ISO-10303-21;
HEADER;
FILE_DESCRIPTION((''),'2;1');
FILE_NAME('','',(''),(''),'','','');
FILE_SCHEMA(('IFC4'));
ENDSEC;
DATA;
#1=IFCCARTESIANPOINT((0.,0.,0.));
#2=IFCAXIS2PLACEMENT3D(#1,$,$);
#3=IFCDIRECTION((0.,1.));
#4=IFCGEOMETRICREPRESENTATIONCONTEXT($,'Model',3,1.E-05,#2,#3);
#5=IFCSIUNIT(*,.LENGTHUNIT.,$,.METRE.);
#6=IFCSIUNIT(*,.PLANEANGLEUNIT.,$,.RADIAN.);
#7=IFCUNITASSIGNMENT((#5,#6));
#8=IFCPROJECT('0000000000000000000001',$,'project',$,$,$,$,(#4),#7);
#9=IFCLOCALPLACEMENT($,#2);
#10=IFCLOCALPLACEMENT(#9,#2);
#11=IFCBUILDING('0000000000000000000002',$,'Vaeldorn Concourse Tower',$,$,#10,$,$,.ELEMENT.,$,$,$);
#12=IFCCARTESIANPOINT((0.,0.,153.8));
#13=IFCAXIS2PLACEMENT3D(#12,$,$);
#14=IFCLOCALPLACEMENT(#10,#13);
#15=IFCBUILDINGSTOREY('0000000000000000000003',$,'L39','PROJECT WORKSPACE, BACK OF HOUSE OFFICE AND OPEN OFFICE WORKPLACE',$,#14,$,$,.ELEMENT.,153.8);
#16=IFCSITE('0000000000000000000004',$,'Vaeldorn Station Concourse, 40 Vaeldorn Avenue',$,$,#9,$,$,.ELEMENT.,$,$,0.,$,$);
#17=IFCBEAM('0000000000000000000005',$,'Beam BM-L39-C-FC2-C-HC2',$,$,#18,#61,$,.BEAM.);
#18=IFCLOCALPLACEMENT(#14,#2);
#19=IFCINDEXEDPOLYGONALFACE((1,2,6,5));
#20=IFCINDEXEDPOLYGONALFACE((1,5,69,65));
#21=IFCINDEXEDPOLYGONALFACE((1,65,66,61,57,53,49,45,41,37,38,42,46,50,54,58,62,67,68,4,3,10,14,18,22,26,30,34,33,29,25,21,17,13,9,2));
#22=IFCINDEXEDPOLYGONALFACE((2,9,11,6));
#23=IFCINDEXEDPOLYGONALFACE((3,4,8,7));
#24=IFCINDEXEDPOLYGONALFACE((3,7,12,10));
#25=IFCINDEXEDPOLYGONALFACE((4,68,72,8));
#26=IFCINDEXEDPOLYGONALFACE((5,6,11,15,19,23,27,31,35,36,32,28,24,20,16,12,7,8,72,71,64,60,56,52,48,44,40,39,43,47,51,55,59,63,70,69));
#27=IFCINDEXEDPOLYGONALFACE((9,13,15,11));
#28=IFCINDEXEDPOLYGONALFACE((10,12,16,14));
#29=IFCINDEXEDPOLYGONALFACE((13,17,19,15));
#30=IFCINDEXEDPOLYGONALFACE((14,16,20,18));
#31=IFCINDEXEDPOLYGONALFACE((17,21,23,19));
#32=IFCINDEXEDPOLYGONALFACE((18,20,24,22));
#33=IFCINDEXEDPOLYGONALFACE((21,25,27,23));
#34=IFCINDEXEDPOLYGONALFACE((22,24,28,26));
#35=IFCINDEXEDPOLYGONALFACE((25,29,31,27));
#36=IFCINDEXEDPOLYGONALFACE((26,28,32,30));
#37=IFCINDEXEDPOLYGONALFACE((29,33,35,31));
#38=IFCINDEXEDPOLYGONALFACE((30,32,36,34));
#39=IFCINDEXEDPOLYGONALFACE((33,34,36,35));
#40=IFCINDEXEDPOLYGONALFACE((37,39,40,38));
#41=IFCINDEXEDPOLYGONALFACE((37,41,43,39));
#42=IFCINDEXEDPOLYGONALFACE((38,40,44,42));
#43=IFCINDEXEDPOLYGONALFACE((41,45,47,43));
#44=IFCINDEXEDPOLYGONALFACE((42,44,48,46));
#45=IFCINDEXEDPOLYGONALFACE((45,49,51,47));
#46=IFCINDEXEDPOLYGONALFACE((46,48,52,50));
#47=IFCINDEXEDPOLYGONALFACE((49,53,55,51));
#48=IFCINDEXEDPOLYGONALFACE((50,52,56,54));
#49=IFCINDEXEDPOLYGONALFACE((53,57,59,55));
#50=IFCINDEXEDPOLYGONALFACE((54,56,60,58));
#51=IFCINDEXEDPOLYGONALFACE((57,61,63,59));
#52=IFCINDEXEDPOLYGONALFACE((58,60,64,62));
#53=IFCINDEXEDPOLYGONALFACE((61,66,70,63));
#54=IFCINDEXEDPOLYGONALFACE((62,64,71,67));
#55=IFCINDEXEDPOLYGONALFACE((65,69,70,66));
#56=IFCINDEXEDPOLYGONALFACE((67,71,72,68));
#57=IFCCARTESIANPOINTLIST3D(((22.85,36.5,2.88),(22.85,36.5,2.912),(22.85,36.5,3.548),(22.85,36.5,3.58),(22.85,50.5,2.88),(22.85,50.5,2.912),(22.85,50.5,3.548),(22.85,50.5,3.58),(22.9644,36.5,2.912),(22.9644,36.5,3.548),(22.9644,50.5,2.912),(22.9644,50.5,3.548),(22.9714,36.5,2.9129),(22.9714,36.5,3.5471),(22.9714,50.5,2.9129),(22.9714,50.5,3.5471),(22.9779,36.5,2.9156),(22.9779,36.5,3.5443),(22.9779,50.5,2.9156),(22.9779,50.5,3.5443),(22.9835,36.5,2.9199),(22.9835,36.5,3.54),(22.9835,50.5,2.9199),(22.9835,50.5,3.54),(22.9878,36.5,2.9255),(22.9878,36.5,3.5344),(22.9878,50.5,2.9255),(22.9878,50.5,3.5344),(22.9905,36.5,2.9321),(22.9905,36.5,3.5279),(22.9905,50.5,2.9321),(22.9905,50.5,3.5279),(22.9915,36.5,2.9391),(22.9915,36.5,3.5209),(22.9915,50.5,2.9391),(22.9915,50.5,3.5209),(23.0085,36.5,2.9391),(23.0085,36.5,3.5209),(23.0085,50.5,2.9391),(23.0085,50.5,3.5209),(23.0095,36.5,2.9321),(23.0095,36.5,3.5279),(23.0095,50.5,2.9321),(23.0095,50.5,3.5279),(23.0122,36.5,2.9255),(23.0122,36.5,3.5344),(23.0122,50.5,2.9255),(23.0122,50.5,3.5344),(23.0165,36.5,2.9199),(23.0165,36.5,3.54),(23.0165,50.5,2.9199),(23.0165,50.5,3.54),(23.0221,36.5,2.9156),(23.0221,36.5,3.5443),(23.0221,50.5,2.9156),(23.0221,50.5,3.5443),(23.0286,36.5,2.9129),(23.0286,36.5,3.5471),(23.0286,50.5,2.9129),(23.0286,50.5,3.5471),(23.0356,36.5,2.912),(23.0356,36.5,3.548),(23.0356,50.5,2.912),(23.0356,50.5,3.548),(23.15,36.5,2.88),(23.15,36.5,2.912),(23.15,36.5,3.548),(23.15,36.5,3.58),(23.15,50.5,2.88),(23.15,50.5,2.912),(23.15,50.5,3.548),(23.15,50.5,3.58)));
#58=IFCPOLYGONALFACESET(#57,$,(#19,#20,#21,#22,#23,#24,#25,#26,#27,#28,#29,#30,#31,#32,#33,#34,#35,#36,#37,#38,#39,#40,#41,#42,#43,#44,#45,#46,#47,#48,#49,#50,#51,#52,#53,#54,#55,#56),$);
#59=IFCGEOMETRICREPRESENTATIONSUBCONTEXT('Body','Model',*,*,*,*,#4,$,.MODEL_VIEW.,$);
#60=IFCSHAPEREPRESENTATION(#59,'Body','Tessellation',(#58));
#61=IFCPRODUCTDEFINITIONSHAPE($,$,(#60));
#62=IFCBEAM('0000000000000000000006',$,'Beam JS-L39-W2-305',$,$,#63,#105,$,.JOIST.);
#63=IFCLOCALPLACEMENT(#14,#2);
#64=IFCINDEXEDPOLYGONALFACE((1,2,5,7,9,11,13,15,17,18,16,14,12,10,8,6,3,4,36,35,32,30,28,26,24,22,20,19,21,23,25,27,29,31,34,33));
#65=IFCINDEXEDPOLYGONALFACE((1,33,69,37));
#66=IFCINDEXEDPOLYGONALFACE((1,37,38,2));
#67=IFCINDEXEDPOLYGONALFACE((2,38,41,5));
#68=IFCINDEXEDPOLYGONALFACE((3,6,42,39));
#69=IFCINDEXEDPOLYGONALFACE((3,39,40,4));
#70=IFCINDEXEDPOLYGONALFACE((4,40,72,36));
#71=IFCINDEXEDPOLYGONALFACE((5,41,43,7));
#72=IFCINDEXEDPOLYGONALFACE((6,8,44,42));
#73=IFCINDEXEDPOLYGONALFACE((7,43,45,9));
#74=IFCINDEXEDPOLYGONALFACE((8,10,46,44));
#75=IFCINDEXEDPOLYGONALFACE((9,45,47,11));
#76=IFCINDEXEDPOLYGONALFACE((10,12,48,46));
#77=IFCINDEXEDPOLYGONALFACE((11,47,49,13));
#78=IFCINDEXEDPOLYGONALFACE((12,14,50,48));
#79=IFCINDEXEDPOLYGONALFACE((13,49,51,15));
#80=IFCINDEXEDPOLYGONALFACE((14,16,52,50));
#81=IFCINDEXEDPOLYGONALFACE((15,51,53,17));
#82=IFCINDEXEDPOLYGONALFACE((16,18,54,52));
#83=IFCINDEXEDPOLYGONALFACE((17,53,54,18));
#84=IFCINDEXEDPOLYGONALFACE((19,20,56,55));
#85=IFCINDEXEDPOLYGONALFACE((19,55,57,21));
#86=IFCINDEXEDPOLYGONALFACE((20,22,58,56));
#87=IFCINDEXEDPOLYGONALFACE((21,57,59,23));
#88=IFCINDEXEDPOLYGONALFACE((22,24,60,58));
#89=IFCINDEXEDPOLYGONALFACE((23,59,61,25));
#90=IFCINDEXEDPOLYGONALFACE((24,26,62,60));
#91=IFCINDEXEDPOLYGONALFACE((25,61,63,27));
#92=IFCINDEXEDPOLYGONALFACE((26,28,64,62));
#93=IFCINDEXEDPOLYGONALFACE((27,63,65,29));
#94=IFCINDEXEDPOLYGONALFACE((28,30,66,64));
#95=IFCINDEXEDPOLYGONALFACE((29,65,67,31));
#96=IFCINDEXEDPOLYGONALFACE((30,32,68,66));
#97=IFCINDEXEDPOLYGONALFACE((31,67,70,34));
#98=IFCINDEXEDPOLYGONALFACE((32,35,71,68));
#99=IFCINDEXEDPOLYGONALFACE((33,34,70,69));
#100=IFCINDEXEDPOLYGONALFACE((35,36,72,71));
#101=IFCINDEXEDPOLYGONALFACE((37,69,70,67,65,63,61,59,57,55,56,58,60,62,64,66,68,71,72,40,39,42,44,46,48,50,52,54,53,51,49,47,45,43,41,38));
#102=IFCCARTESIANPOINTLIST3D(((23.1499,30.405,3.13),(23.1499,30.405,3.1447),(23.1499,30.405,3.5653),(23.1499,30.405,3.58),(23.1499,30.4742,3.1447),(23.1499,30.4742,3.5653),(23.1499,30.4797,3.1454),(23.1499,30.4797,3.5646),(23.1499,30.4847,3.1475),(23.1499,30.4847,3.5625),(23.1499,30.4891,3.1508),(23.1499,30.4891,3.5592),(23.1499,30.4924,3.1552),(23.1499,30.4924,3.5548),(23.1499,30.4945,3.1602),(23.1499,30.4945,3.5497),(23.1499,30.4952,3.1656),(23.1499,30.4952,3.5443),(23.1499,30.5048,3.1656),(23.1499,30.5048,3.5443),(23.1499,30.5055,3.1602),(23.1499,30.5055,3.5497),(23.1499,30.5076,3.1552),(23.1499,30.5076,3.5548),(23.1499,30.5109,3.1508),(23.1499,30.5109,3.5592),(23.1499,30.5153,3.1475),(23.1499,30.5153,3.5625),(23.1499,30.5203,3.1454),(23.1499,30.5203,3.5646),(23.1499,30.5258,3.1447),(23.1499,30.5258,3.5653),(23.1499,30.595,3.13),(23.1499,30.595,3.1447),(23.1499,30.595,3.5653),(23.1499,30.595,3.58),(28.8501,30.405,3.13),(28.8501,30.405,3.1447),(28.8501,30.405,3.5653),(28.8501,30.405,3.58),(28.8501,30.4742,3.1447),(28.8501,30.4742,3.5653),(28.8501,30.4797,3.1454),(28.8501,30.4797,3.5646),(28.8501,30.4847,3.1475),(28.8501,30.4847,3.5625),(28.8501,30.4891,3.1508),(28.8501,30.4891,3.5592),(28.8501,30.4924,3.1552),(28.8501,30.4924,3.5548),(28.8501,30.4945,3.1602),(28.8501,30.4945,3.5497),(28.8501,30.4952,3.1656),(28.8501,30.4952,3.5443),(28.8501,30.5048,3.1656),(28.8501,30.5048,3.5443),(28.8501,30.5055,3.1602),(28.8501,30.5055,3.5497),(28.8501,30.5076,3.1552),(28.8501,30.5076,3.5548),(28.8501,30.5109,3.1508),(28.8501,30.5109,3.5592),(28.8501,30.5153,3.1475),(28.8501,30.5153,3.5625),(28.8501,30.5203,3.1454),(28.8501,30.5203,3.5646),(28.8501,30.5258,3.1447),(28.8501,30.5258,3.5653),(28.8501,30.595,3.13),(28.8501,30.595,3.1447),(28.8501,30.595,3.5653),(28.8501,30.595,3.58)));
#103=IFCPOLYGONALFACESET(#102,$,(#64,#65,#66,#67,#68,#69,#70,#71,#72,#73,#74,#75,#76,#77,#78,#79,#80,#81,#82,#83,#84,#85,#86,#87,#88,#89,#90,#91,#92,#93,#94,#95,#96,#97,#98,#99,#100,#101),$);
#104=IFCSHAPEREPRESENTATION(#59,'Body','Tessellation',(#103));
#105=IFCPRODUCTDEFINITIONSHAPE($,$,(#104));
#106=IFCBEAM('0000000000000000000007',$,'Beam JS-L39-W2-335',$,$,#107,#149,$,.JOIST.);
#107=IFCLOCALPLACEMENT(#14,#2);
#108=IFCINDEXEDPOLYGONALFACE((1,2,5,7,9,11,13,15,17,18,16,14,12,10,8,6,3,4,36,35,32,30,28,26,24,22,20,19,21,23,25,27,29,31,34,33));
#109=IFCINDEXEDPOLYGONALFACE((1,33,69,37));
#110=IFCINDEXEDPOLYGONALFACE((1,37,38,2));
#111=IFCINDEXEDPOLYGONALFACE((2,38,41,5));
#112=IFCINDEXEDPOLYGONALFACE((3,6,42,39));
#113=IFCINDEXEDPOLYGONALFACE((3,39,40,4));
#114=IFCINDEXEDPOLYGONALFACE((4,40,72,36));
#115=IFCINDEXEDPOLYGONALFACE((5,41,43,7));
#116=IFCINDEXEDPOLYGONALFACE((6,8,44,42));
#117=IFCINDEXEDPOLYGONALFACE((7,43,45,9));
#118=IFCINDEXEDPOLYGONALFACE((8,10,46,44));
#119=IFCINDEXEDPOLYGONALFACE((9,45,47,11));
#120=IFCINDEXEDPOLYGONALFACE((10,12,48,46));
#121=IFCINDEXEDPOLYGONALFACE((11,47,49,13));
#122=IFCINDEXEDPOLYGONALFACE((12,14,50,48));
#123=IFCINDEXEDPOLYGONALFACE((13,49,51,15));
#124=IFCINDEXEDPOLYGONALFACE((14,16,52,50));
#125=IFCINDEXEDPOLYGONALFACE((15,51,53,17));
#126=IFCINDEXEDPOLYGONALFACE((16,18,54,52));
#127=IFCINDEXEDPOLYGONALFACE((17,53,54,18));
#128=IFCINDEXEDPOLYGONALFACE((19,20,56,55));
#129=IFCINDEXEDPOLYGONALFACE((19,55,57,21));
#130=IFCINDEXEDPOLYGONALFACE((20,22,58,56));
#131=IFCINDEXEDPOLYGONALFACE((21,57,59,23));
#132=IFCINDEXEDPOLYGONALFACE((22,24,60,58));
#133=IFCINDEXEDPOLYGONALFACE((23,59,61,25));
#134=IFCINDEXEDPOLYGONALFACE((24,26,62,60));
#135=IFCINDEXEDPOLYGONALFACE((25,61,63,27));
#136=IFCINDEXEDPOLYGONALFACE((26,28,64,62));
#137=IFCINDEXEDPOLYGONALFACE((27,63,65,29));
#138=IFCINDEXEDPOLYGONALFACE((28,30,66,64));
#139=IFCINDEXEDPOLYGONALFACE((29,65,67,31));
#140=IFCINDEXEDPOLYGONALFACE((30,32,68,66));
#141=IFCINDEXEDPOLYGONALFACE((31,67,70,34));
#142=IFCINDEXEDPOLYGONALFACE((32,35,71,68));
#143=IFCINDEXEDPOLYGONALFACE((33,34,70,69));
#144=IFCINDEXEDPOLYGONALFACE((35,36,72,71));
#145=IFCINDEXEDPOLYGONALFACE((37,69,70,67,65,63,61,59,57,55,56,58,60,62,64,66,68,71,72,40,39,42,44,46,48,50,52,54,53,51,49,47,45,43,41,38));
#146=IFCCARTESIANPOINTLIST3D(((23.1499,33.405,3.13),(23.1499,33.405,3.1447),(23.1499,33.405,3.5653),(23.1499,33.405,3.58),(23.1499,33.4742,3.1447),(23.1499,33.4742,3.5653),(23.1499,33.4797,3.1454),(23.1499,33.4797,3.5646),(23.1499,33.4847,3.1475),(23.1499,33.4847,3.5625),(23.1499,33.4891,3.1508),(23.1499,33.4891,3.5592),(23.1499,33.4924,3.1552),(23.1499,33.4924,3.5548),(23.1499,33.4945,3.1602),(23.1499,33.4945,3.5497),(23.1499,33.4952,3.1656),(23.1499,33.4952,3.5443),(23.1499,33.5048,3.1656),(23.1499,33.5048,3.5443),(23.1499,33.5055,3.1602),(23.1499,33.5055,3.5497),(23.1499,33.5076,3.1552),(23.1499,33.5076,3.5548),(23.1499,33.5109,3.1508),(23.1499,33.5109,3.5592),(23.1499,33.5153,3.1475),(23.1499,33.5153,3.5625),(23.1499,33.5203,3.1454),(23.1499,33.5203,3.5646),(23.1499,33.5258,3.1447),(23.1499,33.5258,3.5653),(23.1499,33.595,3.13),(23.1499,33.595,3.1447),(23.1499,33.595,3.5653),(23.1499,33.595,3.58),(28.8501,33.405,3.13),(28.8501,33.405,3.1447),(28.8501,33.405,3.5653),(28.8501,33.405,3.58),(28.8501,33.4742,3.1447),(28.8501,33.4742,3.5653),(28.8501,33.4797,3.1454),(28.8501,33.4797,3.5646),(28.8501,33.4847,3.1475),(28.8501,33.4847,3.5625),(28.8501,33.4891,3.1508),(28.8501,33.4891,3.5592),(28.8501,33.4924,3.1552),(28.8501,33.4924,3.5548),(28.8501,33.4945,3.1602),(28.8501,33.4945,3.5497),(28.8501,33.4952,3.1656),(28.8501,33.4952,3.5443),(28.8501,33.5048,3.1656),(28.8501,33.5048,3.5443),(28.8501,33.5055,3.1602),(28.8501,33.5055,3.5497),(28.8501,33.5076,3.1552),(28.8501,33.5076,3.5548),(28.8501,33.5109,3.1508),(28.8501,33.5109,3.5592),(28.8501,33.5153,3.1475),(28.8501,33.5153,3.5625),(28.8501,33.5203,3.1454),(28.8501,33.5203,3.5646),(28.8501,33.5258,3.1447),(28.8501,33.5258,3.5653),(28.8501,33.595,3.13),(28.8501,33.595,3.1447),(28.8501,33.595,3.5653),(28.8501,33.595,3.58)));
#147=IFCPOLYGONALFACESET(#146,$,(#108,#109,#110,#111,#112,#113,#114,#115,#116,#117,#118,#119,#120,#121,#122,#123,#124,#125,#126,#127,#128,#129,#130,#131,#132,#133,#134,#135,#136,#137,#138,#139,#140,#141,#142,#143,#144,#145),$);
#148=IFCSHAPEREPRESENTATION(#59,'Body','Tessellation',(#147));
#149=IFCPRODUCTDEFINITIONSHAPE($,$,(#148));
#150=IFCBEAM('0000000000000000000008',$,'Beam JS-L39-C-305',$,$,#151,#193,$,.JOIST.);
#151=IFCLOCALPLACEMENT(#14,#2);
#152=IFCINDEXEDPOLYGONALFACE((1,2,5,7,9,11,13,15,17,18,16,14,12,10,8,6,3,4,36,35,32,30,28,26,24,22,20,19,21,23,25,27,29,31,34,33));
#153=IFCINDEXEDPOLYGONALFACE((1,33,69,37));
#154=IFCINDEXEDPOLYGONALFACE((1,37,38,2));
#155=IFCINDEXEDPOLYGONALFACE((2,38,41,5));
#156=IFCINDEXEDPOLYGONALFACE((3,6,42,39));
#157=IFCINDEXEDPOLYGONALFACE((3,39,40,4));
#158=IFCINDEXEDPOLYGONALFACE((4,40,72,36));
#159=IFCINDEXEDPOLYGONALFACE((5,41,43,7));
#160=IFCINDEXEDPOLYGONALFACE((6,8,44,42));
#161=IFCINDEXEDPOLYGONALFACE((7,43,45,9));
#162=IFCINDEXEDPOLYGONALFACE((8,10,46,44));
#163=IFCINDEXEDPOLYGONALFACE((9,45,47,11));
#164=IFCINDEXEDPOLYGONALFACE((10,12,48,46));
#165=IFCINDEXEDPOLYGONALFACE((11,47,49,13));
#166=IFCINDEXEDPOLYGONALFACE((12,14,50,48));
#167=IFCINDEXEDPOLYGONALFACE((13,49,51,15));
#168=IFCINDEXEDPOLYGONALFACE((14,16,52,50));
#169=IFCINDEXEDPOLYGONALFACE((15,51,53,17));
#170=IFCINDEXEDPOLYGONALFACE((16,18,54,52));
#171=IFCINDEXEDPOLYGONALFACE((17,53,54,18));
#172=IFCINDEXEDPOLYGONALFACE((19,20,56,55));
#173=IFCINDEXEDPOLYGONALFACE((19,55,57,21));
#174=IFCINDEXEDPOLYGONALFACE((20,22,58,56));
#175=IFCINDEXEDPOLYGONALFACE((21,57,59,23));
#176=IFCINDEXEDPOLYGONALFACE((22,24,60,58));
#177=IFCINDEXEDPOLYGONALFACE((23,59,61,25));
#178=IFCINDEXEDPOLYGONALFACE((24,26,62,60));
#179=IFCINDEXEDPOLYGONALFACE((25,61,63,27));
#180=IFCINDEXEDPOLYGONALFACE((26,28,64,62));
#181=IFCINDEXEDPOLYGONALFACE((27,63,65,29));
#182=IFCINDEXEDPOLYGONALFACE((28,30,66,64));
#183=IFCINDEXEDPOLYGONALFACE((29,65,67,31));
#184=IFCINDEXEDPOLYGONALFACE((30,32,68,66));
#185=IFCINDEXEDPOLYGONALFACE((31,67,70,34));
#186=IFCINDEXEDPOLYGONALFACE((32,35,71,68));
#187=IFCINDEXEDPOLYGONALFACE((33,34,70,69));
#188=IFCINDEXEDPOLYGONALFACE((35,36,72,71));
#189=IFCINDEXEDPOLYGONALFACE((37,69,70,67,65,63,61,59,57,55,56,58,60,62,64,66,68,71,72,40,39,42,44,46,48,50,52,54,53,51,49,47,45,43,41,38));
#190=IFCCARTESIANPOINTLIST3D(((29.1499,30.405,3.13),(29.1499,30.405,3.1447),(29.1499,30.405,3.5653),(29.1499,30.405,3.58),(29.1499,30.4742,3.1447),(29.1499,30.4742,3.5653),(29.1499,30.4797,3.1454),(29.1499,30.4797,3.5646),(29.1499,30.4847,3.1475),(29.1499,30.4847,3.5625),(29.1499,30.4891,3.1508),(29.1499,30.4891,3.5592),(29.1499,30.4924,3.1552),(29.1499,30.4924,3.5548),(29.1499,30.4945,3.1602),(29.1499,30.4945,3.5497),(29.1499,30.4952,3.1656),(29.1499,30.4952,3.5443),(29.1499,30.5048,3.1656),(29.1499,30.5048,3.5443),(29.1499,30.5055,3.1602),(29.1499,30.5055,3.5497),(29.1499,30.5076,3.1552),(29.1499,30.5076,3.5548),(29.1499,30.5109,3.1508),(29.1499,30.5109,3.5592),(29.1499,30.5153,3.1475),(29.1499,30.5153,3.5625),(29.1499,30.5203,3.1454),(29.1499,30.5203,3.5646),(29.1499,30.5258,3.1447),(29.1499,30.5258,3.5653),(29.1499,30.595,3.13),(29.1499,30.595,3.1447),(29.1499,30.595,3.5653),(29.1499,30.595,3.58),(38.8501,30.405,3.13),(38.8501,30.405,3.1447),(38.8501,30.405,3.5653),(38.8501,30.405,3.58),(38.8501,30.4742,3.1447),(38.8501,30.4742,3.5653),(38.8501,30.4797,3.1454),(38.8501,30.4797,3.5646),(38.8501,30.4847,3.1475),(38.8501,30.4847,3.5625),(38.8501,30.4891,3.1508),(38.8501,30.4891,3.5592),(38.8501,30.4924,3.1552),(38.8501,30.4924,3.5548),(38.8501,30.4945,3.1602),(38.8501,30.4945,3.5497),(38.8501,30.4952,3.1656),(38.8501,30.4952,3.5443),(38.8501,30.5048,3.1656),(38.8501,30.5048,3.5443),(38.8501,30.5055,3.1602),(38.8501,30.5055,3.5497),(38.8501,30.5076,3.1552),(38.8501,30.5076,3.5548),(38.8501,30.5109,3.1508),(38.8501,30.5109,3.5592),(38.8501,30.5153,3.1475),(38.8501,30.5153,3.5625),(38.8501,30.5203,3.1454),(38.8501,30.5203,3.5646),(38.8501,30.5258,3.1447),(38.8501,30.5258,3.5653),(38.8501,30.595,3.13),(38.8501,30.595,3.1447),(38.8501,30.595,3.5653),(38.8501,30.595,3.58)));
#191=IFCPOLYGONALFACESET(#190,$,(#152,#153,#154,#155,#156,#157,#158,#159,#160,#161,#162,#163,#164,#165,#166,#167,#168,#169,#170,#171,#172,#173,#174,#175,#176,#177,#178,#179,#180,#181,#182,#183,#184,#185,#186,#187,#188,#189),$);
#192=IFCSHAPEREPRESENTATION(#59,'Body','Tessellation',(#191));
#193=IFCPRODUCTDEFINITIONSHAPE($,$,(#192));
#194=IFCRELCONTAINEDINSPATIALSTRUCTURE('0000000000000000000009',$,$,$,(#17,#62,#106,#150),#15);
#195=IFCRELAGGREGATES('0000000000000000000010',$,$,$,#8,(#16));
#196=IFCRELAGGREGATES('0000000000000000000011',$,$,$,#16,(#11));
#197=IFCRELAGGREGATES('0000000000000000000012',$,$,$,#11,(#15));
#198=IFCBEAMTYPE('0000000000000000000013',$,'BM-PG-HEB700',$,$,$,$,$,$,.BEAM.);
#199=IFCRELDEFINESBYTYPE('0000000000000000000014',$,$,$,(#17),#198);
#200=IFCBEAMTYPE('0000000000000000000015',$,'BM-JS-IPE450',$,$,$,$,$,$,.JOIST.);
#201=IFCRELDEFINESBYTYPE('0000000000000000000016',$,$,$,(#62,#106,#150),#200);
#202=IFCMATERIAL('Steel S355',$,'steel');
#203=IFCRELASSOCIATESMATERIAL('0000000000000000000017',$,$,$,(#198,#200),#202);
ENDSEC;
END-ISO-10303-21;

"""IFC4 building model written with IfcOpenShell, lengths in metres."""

from ifc_helpers import new_model, si_unit, direction, frame, origin, origin_2d, place, context, subcontext, project, spatial, i_section, extrude, source, transform, mapped, material, material_profile, profile_set, type_object, element, save


model = new_model("IFC4")

# Units and contexts
model_context = context("Model", 3, precision=1e-05, world=origin(), true_north=direction((0.0, 1.0)))
body_context = subcontext(model_context, "Body", "Model", "MODEL_VIEW")
ifc_project = project(units=[si_unit("LENGTHUNIT", "METRE"), si_unit("PLANEANGLEUNIT", "RADIAN")], contexts=[model_context])

# Site, building, storey
site_placement = place(None, origin())
site = spatial("IfcSite", under=ifc_project, at=site_placement, Name="Vaeldorn Station Concourse, 40 Vaeldorn Avenue", CompositionType="ELEMENT", RefElevation=0.0)
building_placement = place(site_placement, origin())
building = spatial("IfcBuilding", under=site, at=building_placement, Name="Vaeldorn Concourse Tower", CompositionType="ELEMENT")
storey_placement = place(building_placement, frame((0.0, 0.0, 153.8)))
storey = spatial("IfcBuildingStorey", under=building, at=storey_placement, Name="L39", Description="PROJECT WORKSPACE, BACK OF HOUSE OFFICE AND OPEN OFFICE WORKPLACE", CompositionType="ELEMENT", Elevation=153.8)

# Beams
ifc_material_1 = material(Name="Steel S355", Category="steel")
ifc_material_profile_1 = material_profile(ifc_material_1, i_section(OverallWidth=0.3, OverallDepth=0.7, WebThickness=0.0171, FlangeThickness=0.032, FilletRadius=0.0271, at=origin_2d()), Name="HEB 700")
ifc_profile_set_1 = profile_set([ifc_material_profile_1], Name="Steel S355")
beam_type_1 = type_object("IfcBeamType", Name="BM-PG-HEB700", PredefinedType="BEAM", material=ifc_profile_set_1)
shared_shape_1 = source(origin(), body_context, "Body", "SweptSolid", [
    extrude(i_section(OverallWidth=0.3, OverallDepth=0.7, WebThickness=0.0171, FlangeThickness=0.032, FilletRadius=0.0271, at=origin_2d()), origin(), (0.0, 0.0, 1.0), 14.0),
])
for number, where, z_axis, x_axis, name in (
    (1, (23.0, 36.5, 3.23), (0.0, 1.0, 0.0), (-1.0, 0.0, 0.0), "Beam BM-L39-C-FC2-C-HC2"),
):
    element("IfcBeam", number, at=place(storey_placement, frame(where, z_axis=z_axis, x_axis=x_axis)), inside=storey, type_object=beam_type_1, Name=name, PredefinedType="BEAM", context=body_context, shape_type="MappedRepresentation", body=[
        mapped(shared_shape_1, transform((0.0, 0.0, 0.0), scale=1.0)),
    ])
ifc_material_profile_2 = material_profile(ifc_material_1, i_section(OverallWidth=0.1899, OverallDepth=0.45, WebThickness=0.0095, FlangeThickness=0.0146, FilletRadius=0.021, at=origin_2d()), Name="IPE 450")
ifc_profile_set_2 = profile_set([ifc_material_profile_2], Name="Steel S355")
beam_type_2 = type_object("IfcBeamType", Name="BM-JS-IPE450", PredefinedType="JOIST", material=ifc_profile_set_2)
shared_shape_2 = source(origin(), body_context, "Body", "SweptSolid", [
    extrude(i_section(OverallWidth=0.1899, OverallDepth=0.45, WebThickness=0.0095, FlangeThickness=0.0146, FilletRadius=0.021, at=origin_2d()), origin(), (0.0, 0.0, 1.0), 5.7002),
])
for number, where, z_axis, x_axis, name in (
    (2, (23.1499, 30.5, 3.355), (1.0, 0.0, 0.0), (0.0, 1.0, 0.0), "Beam JS-L39-W2-305"),
    (3, (23.1499, 33.5, 3.355), (1.0, 0.0, 0.0), (0.0, 1.0, 0.0), "Beam JS-L39-W2-335"),
):
    element("IfcBeam", number, at=place(storey_placement, frame(where, z_axis=z_axis, x_axis=x_axis)), inside=storey, type_object=beam_type_2, Name=name, PredefinedType="JOIST", context=body_context, shape_type="MappedRepresentation", body=[
        mapped(shared_shape_2, transform((0.0, 0.0, 0.0), scale=1.0)),
    ])
shared_shape_3 = source(origin(), body_context, "Body", "SweptSolid", [
    extrude(i_section(OverallWidth=0.1899, OverallDepth=0.45, WebThickness=0.0095, FlangeThickness=0.0146, FilletRadius=0.021, at=origin_2d()), origin(), (0.0, 0.0, 1.0), 9.7002),
])
for number, where, z_axis, x_axis, name in (
    (4, (29.1499, 30.5, 3.355), (1.0, 0.0, 0.0), (0.0, 1.0, 0.0), "Beam JS-L39-C-305"),
):
    element("IfcBeam", number, at=place(storey_placement, frame(where, z_axis=z_axis, x_axis=x_axis)), inside=storey, type_object=beam_type_2, Name=name, PredefinedType="JOIST", context=body_context, shape_type="MappedRepresentation", body=[
        mapped(shared_shape_3, transform((0.0, 0.0, 0.0), scale=1.0)),
    ])

save(model, "model.ifc")
